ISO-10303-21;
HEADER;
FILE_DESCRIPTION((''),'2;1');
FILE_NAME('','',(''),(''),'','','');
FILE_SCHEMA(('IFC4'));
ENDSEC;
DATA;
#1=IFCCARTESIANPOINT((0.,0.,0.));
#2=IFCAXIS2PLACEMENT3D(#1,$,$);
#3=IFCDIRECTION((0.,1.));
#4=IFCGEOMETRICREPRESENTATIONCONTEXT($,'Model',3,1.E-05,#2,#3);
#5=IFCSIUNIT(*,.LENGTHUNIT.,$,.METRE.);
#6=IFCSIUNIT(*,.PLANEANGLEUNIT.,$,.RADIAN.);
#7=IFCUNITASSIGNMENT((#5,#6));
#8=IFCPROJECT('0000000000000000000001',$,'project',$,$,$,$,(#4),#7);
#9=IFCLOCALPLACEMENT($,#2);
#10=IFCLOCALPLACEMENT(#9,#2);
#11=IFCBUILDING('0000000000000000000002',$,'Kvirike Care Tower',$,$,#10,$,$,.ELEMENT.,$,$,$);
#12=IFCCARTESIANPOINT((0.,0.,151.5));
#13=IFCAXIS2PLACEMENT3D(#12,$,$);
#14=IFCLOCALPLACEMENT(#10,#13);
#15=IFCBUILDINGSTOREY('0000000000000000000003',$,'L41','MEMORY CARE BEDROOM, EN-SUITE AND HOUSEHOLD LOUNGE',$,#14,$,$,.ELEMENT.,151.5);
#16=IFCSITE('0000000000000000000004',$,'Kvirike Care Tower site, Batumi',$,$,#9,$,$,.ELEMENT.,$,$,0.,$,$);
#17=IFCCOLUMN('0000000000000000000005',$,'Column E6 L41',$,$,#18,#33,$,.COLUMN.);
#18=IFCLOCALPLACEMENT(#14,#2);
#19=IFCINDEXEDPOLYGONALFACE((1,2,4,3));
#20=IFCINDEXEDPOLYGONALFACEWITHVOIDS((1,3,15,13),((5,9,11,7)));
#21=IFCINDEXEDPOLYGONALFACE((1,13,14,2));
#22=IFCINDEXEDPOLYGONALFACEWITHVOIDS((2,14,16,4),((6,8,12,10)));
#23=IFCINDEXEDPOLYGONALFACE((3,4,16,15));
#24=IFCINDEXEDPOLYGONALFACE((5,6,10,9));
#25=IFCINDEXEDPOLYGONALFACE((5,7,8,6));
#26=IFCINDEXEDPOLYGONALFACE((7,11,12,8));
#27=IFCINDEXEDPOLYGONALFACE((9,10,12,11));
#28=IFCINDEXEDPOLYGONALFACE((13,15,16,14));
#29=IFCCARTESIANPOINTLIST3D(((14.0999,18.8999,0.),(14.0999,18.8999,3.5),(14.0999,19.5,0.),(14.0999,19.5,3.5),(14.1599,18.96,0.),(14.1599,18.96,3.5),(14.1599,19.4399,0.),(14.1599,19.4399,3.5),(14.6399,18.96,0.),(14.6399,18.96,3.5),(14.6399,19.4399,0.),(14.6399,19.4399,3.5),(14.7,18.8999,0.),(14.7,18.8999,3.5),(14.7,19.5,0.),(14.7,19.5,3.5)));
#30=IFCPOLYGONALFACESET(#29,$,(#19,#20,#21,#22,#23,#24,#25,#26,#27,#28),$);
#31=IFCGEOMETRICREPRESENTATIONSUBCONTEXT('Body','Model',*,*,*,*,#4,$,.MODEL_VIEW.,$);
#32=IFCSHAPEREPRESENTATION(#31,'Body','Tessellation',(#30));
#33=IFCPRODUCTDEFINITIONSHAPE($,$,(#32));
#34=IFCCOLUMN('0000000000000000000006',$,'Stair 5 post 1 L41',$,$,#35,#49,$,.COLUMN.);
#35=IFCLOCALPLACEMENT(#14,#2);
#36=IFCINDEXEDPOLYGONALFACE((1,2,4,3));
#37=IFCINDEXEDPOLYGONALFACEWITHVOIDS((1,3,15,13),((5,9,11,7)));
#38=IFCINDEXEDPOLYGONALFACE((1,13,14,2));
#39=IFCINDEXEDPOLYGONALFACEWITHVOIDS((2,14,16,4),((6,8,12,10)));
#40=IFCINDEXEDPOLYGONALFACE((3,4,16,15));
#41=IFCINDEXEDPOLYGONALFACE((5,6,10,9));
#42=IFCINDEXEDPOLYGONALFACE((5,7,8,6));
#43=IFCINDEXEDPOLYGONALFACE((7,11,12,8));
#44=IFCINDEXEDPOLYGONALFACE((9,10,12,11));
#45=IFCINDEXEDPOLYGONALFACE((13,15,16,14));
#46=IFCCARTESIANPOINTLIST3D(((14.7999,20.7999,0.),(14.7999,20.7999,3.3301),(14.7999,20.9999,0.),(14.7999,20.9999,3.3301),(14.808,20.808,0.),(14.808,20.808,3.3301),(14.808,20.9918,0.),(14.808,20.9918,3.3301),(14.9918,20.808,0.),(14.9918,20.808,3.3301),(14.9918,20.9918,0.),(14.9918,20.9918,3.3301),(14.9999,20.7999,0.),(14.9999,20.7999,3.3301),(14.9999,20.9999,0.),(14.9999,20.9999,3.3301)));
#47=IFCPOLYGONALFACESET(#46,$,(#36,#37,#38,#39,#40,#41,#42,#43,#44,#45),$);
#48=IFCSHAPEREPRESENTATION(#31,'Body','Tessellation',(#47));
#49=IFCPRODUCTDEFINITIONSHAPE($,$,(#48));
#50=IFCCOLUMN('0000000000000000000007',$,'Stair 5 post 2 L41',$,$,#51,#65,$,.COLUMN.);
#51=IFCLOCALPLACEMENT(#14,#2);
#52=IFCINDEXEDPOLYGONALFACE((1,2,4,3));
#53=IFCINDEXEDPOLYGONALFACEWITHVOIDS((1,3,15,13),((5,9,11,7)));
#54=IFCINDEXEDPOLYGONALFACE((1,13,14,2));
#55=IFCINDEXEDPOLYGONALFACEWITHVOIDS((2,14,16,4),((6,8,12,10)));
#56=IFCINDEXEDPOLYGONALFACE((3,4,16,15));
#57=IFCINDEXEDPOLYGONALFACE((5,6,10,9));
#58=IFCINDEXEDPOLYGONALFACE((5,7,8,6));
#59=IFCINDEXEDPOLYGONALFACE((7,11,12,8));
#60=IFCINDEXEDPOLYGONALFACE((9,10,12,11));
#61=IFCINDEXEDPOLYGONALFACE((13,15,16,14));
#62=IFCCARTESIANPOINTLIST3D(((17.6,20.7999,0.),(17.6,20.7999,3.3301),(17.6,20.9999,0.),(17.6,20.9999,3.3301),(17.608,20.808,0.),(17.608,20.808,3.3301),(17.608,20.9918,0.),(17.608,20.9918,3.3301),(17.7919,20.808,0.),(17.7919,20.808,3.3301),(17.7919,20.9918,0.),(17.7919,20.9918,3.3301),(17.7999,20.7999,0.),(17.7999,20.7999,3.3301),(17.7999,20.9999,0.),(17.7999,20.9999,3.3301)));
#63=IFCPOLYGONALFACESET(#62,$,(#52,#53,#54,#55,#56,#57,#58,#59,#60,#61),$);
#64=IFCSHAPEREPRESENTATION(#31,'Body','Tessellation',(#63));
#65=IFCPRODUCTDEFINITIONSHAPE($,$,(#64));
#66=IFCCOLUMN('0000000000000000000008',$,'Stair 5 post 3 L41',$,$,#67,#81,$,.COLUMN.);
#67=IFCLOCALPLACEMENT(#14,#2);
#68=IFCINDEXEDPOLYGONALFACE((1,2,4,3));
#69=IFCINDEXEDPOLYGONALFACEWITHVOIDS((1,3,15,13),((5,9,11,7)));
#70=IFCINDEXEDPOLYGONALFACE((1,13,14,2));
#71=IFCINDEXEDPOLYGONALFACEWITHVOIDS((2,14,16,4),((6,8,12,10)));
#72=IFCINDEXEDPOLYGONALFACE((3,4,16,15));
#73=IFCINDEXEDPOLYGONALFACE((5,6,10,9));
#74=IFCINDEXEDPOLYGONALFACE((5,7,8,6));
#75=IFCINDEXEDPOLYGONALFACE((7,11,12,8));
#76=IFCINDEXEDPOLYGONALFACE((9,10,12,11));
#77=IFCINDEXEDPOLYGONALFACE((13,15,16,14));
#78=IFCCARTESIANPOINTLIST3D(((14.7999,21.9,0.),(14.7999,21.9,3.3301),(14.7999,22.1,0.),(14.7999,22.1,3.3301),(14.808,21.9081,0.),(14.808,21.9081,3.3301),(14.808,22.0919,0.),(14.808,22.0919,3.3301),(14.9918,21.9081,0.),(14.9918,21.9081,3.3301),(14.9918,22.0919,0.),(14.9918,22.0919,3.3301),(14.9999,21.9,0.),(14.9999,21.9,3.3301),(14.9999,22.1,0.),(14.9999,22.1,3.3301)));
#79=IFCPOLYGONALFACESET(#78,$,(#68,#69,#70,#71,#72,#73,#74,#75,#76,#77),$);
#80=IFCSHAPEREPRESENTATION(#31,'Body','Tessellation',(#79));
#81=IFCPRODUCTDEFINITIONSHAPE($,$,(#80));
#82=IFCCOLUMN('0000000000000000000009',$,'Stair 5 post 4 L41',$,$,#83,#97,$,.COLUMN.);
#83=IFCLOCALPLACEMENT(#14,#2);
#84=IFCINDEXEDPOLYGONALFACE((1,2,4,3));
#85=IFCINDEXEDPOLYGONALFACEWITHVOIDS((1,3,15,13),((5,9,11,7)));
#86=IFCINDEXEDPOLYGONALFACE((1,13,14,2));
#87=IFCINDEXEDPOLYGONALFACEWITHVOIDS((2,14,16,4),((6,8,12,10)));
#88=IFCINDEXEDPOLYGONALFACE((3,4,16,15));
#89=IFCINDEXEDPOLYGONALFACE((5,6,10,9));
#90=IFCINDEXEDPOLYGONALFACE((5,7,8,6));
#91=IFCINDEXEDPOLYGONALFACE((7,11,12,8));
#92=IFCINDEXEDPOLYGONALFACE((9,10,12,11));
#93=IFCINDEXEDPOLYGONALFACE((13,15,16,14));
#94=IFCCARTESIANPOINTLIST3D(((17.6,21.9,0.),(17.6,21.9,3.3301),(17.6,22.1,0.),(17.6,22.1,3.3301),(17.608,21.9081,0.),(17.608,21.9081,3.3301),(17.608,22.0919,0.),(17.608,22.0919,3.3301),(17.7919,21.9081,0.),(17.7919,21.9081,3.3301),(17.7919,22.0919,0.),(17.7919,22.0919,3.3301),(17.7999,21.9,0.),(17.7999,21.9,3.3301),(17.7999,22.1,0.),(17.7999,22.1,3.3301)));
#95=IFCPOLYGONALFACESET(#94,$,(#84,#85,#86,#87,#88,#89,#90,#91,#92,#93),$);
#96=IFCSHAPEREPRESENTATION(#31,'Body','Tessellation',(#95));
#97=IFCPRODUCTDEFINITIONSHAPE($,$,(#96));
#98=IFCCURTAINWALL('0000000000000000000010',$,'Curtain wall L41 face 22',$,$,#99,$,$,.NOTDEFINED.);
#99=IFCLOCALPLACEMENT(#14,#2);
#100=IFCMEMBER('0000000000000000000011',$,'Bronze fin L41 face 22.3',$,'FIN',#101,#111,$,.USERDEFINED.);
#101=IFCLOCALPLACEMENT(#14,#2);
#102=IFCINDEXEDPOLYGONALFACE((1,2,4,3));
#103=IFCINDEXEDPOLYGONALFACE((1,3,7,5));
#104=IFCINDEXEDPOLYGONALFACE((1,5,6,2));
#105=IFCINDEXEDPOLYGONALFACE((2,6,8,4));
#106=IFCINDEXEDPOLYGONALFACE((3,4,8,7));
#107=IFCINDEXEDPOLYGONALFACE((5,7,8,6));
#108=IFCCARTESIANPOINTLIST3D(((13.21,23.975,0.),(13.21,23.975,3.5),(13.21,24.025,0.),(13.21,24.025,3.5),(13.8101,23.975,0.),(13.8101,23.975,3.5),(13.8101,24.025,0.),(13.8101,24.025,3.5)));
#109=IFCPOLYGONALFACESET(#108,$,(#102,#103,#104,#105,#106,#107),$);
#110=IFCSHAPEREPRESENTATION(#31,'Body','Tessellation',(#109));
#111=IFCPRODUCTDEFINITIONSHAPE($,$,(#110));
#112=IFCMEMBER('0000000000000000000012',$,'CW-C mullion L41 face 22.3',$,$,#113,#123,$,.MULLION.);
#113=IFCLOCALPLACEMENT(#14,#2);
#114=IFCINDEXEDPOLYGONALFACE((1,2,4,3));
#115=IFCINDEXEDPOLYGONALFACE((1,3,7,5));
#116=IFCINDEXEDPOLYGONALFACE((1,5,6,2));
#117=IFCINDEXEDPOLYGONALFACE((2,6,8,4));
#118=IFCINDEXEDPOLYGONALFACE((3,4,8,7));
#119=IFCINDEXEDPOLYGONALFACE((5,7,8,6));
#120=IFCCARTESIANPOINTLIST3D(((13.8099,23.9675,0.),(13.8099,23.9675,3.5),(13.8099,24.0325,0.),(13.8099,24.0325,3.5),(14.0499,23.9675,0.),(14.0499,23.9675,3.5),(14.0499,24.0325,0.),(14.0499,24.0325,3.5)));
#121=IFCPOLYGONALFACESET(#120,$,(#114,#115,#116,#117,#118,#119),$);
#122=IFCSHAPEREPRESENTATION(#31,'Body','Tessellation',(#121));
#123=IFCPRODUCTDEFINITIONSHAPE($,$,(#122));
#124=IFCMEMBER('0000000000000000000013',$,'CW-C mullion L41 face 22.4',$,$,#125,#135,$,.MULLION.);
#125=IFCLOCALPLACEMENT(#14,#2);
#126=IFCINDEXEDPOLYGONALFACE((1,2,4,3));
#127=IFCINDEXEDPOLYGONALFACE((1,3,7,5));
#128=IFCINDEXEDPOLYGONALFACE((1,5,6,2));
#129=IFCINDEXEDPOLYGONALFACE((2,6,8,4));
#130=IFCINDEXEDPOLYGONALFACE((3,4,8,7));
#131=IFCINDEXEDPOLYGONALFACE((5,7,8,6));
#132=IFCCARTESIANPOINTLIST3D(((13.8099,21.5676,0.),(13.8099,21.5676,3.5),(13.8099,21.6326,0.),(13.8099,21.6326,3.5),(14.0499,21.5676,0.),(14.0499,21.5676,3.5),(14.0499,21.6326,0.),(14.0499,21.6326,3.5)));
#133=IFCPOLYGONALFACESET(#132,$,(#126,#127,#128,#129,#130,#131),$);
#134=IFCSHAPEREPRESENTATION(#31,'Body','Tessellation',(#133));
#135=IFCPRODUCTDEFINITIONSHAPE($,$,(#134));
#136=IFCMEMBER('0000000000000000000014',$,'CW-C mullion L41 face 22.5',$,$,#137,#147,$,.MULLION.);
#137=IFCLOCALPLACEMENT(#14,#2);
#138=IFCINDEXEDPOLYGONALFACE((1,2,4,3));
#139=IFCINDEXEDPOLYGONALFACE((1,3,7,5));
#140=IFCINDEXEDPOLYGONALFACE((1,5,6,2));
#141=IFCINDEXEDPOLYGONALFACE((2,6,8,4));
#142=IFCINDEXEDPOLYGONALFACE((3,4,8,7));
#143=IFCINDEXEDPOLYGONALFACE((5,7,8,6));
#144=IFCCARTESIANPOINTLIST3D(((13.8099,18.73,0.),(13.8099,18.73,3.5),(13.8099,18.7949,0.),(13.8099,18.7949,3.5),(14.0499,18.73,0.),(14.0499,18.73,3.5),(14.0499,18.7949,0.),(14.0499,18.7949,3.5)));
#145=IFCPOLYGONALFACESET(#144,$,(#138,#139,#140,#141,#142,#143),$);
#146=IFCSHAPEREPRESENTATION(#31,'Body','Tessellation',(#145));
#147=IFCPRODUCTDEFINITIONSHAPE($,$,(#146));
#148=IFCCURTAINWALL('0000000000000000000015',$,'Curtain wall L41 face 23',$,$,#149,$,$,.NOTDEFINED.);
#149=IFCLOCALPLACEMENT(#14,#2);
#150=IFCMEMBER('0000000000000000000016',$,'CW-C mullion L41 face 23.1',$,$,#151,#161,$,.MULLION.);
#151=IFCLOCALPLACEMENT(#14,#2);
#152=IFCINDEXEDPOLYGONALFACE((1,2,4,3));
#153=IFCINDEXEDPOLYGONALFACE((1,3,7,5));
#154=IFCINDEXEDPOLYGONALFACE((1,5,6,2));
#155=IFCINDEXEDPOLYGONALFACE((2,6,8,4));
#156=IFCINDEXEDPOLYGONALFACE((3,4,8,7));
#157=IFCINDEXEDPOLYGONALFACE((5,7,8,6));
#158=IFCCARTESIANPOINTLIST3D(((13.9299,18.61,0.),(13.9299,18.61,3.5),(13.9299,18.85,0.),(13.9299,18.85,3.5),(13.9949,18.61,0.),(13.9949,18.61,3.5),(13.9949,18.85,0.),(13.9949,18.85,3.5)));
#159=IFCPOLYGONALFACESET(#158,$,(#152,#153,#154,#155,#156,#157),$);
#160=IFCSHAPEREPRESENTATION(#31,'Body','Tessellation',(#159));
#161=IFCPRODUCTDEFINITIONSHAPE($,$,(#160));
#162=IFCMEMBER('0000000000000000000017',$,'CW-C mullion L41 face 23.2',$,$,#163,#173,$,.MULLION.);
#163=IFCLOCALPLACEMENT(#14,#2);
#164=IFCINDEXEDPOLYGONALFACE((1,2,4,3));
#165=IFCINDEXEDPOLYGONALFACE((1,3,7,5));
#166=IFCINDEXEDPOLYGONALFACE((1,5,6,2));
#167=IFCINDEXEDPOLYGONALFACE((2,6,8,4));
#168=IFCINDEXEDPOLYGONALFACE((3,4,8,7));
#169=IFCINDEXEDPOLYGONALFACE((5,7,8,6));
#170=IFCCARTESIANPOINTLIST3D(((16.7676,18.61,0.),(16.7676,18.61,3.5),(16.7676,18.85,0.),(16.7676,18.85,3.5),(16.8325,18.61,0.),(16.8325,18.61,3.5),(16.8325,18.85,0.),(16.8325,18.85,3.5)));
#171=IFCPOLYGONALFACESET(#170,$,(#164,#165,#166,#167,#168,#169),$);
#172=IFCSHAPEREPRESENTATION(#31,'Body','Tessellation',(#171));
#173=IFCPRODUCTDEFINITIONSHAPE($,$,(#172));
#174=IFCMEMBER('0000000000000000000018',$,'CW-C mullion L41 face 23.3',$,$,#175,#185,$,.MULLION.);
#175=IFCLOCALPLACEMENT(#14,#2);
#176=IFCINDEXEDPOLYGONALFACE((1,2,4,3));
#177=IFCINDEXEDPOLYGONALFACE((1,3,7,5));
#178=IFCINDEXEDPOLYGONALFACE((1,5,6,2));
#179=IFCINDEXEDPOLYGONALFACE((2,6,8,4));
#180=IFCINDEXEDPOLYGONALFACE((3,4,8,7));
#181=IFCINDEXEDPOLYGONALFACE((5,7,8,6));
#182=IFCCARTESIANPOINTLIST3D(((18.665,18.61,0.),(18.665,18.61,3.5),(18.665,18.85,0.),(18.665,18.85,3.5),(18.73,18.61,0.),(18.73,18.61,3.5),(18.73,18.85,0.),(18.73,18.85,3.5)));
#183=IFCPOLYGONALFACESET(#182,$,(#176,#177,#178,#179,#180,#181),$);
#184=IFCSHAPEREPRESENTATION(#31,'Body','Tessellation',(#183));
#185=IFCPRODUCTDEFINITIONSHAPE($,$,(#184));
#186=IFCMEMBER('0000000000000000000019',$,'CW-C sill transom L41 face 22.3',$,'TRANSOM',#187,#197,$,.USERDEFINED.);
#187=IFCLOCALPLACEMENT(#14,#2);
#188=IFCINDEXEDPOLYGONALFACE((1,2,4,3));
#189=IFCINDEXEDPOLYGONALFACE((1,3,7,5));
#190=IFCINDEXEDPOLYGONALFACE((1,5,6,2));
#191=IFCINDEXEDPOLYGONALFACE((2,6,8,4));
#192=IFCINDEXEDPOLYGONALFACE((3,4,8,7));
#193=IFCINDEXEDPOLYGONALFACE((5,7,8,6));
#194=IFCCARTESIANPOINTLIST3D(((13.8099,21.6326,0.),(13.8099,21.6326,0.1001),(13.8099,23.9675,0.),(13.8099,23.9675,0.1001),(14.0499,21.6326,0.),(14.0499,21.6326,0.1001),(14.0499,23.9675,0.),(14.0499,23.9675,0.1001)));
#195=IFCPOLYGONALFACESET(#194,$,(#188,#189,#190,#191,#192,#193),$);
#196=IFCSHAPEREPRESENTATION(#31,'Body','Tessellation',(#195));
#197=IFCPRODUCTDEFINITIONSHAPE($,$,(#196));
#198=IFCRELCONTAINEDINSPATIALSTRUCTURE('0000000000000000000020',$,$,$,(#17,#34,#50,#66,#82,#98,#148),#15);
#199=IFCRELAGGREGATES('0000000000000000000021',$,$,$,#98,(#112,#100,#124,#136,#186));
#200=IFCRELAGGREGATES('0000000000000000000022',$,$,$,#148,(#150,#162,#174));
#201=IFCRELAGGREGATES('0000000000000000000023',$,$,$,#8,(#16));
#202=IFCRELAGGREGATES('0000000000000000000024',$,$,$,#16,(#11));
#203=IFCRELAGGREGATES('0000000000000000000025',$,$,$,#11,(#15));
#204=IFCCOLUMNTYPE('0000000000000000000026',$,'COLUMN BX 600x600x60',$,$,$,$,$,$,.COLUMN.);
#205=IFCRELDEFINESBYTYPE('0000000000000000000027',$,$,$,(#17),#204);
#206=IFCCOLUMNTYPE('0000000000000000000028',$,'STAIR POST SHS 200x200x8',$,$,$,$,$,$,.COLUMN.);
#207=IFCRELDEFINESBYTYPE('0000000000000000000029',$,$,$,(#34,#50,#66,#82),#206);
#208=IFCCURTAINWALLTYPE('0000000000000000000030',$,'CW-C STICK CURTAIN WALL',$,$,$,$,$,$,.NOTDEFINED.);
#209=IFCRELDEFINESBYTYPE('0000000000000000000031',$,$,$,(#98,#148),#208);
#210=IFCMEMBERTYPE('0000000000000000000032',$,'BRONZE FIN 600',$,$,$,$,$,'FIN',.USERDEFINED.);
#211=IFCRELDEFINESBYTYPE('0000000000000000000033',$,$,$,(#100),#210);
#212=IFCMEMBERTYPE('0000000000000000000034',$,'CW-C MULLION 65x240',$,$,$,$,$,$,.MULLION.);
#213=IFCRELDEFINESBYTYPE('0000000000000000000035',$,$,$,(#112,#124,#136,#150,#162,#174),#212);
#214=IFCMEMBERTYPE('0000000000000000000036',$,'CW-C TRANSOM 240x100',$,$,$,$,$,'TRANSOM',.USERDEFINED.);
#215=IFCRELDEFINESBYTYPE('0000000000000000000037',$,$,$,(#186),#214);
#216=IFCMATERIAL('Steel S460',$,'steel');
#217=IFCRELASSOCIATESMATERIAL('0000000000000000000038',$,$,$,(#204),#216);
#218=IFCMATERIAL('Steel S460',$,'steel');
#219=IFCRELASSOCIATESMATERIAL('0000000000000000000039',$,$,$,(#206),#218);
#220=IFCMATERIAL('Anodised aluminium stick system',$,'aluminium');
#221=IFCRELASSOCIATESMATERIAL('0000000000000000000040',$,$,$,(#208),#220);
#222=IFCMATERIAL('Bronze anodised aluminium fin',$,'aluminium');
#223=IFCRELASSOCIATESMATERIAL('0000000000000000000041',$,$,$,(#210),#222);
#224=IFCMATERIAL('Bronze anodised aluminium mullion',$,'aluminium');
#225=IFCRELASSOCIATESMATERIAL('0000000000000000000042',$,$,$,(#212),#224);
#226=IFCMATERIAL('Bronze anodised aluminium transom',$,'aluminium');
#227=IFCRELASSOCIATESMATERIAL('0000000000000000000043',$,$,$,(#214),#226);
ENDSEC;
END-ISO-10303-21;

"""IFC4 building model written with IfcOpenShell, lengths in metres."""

from ifc_helpers import new_model, si_unit, direction, frame, origin, origin_2d, place, context, subcontext, project, spatial, rectangle, hollow_rectangle, extrude, material, material_profile, profile_set, type_object, element, aggregate, save


model = new_model("IFC4")

# Units and contexts
model_context = context("Model", 3, precision=1e-05, world=origin(), true_north=direction((0.0, 1.0)))
body_context = subcontext(model_context, "Body", "Model", "MODEL_VIEW")
ifc_project = project(units=[si_unit("LENGTHUNIT", "METRE"), si_unit("PLANEANGLEUNIT", "RADIAN")], contexts=[model_context])

# Site, building, storey
site_placement = place(None, origin())
site = spatial("IfcSite", under=ifc_project, at=site_placement, Name="Kvirike Care Tower site, Batumi", CompositionType="ELEMENT", RefElevation=0.0)
building_placement = place(site_placement, origin())
building = spatial("IfcBuilding", under=site, at=building_placement, Name="Kvirike Care Tower", CompositionType="ELEMENT")
storey_placement = place(building_placement, frame((0.0, 0.0, 151.5)))
storey = spatial("IfcBuildingStorey", under=building, at=storey_placement, Name="L41", Description="MEMORY CARE BEDROOM, EN-SUITE AND HOUSEHOLD LOUNGE", CompositionType="ELEMENT", Elevation=151.5)

# Columns
ifc_material_1 = material(Name="Steel S460", Category="steel")
ifc_material_profile_1 = material_profile(ifc_material_1, hollow_rectangle(XDim=0.6001, YDim=0.6001, WallThickness=0.0601, at=origin_2d()), Name="BX 600x600x60")
ifc_profile_set_1 = profile_set([ifc_material_profile_1], Name="Steel S460")
column_type_1 = type_object("IfcColumnType", Name="COLUMN BX 600x600x60", PredefinedType="COLUMN", material=ifc_profile_set_1)
column_placement = place(storey_placement, frame((14.3999, 19.2, 0.0), z_axis=(0.0, 0.0, 1.0), x_axis=(0.0, 1.0, 0.0)))
element("IfcColumn", 1, at=column_placement, inside=storey, type_object=column_type_1, Name="Column E6 L41", PredefinedType="COLUMN", context=body_context, shape_type="SweptSolid", body=[
    extrude(hollow_rectangle(XDim=0.6001, YDim=0.6001, WallThickness=0.0601, at=origin_2d()), origin(), (0.0, 0.0, 1.0), 3.5),
])
ifc_material_2 = material(Name="Steel S460", Category="steel")
ifc_material_profile_2 = material_profile(ifc_material_2, hollow_rectangle(XDim=0.2, YDim=0.2, WallThickness=0.0081, at=origin_2d()), Name="SHS 200x200x8")
ifc_profile_set_2 = profile_set([ifc_material_profile_2], Name="Steel S460")
column_type_2 = type_object("IfcColumnType", Name="STAIR POST SHS 200x200x8", PredefinedType="COLUMN", material=ifc_profile_set_2)
for number, where, z_axis, x_axis, name in (
    (2, (14.8999, 20.8999, 0.0), (0.0, 0.0, 1.0), (1.0, 0.0, 0.0), "Stair 5 post 1 L41"),
    (3, (17.7, 20.8999, 0.0), (0.0, 0.0, 1.0), (1.0, 0.0, 0.0), "Stair 5 post 2 L41"),
    (4, (14.8999, 22.0, 0.0), (0.0, 0.0, 1.0), (1.0, 0.0, 0.0), "Stair 5 post 3 L41"),
    (5, (17.7, 22.0, 0.0), (0.0, 0.0, 1.0), (1.0, 0.0, 0.0), "Stair 5 post 4 L41"),
):
    element("IfcColumn", number, at=place(storey_placement, frame(where, z_axis=z_axis, x_axis=x_axis)), inside=storey, type_object=column_type_2, Name=name, PredefinedType="COLUMN", context=body_context, shape_type="SweptSolid", body=[
        extrude(hollow_rectangle(XDim=0.2, YDim=0.2, WallThickness=0.0081, at=origin_2d()), origin(), (0.0, 0.0, 1.0), 3.3301),
    ])

# Curtain walls, members
ifc_material_3 = material(Name="Anodised aluminium stick system", Category="aluminium")
curtain_wall_type = type_object("IfcCurtainWallType", Name="CW-C STICK CURTAIN WALL", PredefinedType="NOTDEFINED", material=ifc_material_3)
curtain_wall_1_placement = place(storey_placement, origin())
curtain_wall_1 = element("IfcCurtainWall", 6, at=curtain_wall_1_placement, inside=storey, type_object=curtain_wall_type, Name="Curtain wall L41 face 22", PredefinedType="NOTDEFINED")
ifc_material_4 = material(Name="Bronze anodised aluminium fin", Category="aluminium")
ifc_material_profile_3 = material_profile(ifc_material_4, rectangle(XDim=0.05, YDim=0.6001, at=origin_2d()), Name="BRONZE FIN 600")
ifc_profile_set_3 = profile_set([ifc_material_profile_3], Name="Bronze anodised aluminium fin")
member_type_1 = type_object("IfcMemberType", Name="BRONZE FIN 600", ElementType="FIN", PredefinedType="USERDEFINED", material=ifc_profile_set_3)
member_1_placement = place(storey_placement, frame((13.51, 24.0, 0.0), z_axis=(0.0, 0.0, 1.0), x_axis=(0.0, -1.0, 0.0)))
member_1 = element("IfcMember", 7, at=member_1_placement, type_object=member_type_1, Name="Bronze fin L41 face 22.3", ObjectType="FIN", PredefinedType="USERDEFINED", context=body_context, shape_type="SweptSolid", body=[
    extrude(rectangle(XDim=0.05, YDim=0.6001, at=origin_2d()), origin(), (0.0, 0.0, 1.0), 3.5),
])
ifc_material_5 = material(Name="Bronze anodised aluminium mullion", Category="aluminium")
ifc_material_profile_4 = material_profile(ifc_material_5, rectangle(XDim=0.0649, YDim=0.24, at=origin_2d()), Name="CW-C MULLION 65x240")
ifc_profile_set_4 = profile_set([ifc_material_profile_4], Name="Bronze anodised aluminium mullion")
member_type_2 = type_object("IfcMemberType", Name="CW-C MULLION 65x240", PredefinedType="MULLION", material=ifc_profile_set_4)
member_2_placement = place(storey_placement, frame((13.9299, 24.0, 0.0), z_axis=(0.0, 0.0, 1.0), x_axis=(0.0, -1.0, 0.0)))
member_2 = element("IfcMember", 8, at=member_2_placement, type_object=member_type_2, Name="CW-C mullion L41 face 22.3", PredefinedType="MULLION", context=body_context, shape_type="SweptSolid", body=[
    extrude(rectangle(XDim=0.0649, YDim=0.24, at=origin_2d()), origin(), (0.0, 0.0, 1.0), 3.5),
])
member_3_placement = place(storey_placement, frame((13.9299, 21.6001, 0.0), z_axis=(0.0, 0.0, 1.0), x_axis=(0.0, -1.0, 0.0)))
member_3 = element("IfcMember", 9, at=member_3_placement, type_object=member_type_2, Name="CW-C mullion L41 face 22.4", PredefinedType="MULLION", context=body_context, shape_type="SweptSolid", body=[
    extrude(rectangle(XDim=0.0649, YDim=0.24, at=origin_2d()), origin(), (0.0, 0.0, 1.0), 3.5),
])
member_4_placement = place(storey_placement, frame((13.9299, 18.7625, 0.0), z_axis=(0.0, 0.0, 1.0), x_axis=(0.0, -1.0, 0.0)))
member_4 = element("IfcMember", 10, at=member_4_placement, type_object=member_type_2, Name="CW-C mullion L41 face 22.5", PredefinedType="MULLION", context=body_context, shape_type="SweptSolid", body=[
    extrude(rectangle(XDim=0.0649, YDim=0.24, at=origin_2d()), origin(), (0.0, 0.0, 1.0), 3.5),
])
curtain_wall_2_placement = place(storey_placement, origin())
curtain_wall_2 = element("IfcCurtainWall", 11, at=curtain_wall_2_placement, inside=storey, type_object=curtain_wall_type, Name="Curtain wall L41 face 23", PredefinedType="NOTDEFINED")
member_5_placement = place(storey_placement, frame((13.9624, 18.73, 0.0), z_axis=(0.0, 0.0, 1.0), x_axis=(1.0, 0.0, 0.0)))
member_5 = element("IfcMember", 12, at=member_5_placement, type_object=member_type_2, Name="CW-C mullion L41 face 23.1", PredefinedType="MULLION", context=body_context, shape_type="SweptSolid", body=[
    extrude(rectangle(XDim=0.0649, YDim=0.24, at=origin_2d()), origin(), (0.0, 0.0, 1.0), 3.5),
])
member_6_placement = place(storey_placement, frame((16.8, 18.73, 0.0), z_axis=(0.0, 0.0, 1.0), x_axis=(1.0, 0.0, 0.0)))
member_6 = element("IfcMember", 13, at=member_6_placement, type_object=member_type_2, Name="CW-C mullion L41 face 23.2", PredefinedType="MULLION", context=body_context, shape_type="SweptSolid", body=[
    extrude(rectangle(XDim=0.0649, YDim=0.24, at=origin_2d()), origin(), (0.0, 0.0, 1.0), 3.5),
])
member_7_placement = place(storey_placement, frame((18.6975, 18.73, 0.0), z_axis=(0.0, 0.0, 1.0), x_axis=(1.0, 0.0, 0.0)))
member_7 = element("IfcMember", 14, at=member_7_placement, type_object=member_type_2, Name="CW-C mullion L41 face 23.3", PredefinedType="MULLION", context=body_context, shape_type="SweptSolid", body=[
    extrude(rectangle(XDim=0.0649, YDim=0.24, at=origin_2d()), origin(), (0.0, 0.0, 1.0), 3.5),
])

# Member
ifc_material_6 = material(Name="Bronze anodised aluminium transom", Category="aluminium")
ifc_material_profile_5 = material_profile(ifc_material_6, rectangle(XDim=0.24, YDim=0.1001, at=origin_2d()), Name="CW-C TRANSOM 240x100")
ifc_profile_set_5 = profile_set([ifc_material_profile_5], Name="Bronze anodised aluminium transom")
member_type_3 = type_object("IfcMemberType", Name="CW-C TRANSOM 240x100", ElementType="TRANSOM", PredefinedType="USERDEFINED", material=ifc_profile_set_5)
member_8_placement = place(storey_placement, frame((13.9299, 23.9675, 0.05), z_axis=(0.0, -1.0, 0.0), x_axis=(1.0, 0.0, 0.0)))
member_8 = element("IfcMember", 15, at=member_8_placement, type_object=member_type_3, Name="CW-C sill transom L41 face 22.3", ObjectType="TRANSOM", PredefinedType="USERDEFINED", context=body_context, shape_type="SweptSolid", body=[
    extrude(rectangle(XDim=0.24, YDim=0.1001, at=origin_2d()), origin(), (0.0, 0.0, 1.0), 2.335),
])

aggregate(curtain_wall_1, [member_2, member_1, member_3, member_4, member_8])
aggregate(curtain_wall_2, [member_5, member_6, member_7])

save(model, "model.ifc")
